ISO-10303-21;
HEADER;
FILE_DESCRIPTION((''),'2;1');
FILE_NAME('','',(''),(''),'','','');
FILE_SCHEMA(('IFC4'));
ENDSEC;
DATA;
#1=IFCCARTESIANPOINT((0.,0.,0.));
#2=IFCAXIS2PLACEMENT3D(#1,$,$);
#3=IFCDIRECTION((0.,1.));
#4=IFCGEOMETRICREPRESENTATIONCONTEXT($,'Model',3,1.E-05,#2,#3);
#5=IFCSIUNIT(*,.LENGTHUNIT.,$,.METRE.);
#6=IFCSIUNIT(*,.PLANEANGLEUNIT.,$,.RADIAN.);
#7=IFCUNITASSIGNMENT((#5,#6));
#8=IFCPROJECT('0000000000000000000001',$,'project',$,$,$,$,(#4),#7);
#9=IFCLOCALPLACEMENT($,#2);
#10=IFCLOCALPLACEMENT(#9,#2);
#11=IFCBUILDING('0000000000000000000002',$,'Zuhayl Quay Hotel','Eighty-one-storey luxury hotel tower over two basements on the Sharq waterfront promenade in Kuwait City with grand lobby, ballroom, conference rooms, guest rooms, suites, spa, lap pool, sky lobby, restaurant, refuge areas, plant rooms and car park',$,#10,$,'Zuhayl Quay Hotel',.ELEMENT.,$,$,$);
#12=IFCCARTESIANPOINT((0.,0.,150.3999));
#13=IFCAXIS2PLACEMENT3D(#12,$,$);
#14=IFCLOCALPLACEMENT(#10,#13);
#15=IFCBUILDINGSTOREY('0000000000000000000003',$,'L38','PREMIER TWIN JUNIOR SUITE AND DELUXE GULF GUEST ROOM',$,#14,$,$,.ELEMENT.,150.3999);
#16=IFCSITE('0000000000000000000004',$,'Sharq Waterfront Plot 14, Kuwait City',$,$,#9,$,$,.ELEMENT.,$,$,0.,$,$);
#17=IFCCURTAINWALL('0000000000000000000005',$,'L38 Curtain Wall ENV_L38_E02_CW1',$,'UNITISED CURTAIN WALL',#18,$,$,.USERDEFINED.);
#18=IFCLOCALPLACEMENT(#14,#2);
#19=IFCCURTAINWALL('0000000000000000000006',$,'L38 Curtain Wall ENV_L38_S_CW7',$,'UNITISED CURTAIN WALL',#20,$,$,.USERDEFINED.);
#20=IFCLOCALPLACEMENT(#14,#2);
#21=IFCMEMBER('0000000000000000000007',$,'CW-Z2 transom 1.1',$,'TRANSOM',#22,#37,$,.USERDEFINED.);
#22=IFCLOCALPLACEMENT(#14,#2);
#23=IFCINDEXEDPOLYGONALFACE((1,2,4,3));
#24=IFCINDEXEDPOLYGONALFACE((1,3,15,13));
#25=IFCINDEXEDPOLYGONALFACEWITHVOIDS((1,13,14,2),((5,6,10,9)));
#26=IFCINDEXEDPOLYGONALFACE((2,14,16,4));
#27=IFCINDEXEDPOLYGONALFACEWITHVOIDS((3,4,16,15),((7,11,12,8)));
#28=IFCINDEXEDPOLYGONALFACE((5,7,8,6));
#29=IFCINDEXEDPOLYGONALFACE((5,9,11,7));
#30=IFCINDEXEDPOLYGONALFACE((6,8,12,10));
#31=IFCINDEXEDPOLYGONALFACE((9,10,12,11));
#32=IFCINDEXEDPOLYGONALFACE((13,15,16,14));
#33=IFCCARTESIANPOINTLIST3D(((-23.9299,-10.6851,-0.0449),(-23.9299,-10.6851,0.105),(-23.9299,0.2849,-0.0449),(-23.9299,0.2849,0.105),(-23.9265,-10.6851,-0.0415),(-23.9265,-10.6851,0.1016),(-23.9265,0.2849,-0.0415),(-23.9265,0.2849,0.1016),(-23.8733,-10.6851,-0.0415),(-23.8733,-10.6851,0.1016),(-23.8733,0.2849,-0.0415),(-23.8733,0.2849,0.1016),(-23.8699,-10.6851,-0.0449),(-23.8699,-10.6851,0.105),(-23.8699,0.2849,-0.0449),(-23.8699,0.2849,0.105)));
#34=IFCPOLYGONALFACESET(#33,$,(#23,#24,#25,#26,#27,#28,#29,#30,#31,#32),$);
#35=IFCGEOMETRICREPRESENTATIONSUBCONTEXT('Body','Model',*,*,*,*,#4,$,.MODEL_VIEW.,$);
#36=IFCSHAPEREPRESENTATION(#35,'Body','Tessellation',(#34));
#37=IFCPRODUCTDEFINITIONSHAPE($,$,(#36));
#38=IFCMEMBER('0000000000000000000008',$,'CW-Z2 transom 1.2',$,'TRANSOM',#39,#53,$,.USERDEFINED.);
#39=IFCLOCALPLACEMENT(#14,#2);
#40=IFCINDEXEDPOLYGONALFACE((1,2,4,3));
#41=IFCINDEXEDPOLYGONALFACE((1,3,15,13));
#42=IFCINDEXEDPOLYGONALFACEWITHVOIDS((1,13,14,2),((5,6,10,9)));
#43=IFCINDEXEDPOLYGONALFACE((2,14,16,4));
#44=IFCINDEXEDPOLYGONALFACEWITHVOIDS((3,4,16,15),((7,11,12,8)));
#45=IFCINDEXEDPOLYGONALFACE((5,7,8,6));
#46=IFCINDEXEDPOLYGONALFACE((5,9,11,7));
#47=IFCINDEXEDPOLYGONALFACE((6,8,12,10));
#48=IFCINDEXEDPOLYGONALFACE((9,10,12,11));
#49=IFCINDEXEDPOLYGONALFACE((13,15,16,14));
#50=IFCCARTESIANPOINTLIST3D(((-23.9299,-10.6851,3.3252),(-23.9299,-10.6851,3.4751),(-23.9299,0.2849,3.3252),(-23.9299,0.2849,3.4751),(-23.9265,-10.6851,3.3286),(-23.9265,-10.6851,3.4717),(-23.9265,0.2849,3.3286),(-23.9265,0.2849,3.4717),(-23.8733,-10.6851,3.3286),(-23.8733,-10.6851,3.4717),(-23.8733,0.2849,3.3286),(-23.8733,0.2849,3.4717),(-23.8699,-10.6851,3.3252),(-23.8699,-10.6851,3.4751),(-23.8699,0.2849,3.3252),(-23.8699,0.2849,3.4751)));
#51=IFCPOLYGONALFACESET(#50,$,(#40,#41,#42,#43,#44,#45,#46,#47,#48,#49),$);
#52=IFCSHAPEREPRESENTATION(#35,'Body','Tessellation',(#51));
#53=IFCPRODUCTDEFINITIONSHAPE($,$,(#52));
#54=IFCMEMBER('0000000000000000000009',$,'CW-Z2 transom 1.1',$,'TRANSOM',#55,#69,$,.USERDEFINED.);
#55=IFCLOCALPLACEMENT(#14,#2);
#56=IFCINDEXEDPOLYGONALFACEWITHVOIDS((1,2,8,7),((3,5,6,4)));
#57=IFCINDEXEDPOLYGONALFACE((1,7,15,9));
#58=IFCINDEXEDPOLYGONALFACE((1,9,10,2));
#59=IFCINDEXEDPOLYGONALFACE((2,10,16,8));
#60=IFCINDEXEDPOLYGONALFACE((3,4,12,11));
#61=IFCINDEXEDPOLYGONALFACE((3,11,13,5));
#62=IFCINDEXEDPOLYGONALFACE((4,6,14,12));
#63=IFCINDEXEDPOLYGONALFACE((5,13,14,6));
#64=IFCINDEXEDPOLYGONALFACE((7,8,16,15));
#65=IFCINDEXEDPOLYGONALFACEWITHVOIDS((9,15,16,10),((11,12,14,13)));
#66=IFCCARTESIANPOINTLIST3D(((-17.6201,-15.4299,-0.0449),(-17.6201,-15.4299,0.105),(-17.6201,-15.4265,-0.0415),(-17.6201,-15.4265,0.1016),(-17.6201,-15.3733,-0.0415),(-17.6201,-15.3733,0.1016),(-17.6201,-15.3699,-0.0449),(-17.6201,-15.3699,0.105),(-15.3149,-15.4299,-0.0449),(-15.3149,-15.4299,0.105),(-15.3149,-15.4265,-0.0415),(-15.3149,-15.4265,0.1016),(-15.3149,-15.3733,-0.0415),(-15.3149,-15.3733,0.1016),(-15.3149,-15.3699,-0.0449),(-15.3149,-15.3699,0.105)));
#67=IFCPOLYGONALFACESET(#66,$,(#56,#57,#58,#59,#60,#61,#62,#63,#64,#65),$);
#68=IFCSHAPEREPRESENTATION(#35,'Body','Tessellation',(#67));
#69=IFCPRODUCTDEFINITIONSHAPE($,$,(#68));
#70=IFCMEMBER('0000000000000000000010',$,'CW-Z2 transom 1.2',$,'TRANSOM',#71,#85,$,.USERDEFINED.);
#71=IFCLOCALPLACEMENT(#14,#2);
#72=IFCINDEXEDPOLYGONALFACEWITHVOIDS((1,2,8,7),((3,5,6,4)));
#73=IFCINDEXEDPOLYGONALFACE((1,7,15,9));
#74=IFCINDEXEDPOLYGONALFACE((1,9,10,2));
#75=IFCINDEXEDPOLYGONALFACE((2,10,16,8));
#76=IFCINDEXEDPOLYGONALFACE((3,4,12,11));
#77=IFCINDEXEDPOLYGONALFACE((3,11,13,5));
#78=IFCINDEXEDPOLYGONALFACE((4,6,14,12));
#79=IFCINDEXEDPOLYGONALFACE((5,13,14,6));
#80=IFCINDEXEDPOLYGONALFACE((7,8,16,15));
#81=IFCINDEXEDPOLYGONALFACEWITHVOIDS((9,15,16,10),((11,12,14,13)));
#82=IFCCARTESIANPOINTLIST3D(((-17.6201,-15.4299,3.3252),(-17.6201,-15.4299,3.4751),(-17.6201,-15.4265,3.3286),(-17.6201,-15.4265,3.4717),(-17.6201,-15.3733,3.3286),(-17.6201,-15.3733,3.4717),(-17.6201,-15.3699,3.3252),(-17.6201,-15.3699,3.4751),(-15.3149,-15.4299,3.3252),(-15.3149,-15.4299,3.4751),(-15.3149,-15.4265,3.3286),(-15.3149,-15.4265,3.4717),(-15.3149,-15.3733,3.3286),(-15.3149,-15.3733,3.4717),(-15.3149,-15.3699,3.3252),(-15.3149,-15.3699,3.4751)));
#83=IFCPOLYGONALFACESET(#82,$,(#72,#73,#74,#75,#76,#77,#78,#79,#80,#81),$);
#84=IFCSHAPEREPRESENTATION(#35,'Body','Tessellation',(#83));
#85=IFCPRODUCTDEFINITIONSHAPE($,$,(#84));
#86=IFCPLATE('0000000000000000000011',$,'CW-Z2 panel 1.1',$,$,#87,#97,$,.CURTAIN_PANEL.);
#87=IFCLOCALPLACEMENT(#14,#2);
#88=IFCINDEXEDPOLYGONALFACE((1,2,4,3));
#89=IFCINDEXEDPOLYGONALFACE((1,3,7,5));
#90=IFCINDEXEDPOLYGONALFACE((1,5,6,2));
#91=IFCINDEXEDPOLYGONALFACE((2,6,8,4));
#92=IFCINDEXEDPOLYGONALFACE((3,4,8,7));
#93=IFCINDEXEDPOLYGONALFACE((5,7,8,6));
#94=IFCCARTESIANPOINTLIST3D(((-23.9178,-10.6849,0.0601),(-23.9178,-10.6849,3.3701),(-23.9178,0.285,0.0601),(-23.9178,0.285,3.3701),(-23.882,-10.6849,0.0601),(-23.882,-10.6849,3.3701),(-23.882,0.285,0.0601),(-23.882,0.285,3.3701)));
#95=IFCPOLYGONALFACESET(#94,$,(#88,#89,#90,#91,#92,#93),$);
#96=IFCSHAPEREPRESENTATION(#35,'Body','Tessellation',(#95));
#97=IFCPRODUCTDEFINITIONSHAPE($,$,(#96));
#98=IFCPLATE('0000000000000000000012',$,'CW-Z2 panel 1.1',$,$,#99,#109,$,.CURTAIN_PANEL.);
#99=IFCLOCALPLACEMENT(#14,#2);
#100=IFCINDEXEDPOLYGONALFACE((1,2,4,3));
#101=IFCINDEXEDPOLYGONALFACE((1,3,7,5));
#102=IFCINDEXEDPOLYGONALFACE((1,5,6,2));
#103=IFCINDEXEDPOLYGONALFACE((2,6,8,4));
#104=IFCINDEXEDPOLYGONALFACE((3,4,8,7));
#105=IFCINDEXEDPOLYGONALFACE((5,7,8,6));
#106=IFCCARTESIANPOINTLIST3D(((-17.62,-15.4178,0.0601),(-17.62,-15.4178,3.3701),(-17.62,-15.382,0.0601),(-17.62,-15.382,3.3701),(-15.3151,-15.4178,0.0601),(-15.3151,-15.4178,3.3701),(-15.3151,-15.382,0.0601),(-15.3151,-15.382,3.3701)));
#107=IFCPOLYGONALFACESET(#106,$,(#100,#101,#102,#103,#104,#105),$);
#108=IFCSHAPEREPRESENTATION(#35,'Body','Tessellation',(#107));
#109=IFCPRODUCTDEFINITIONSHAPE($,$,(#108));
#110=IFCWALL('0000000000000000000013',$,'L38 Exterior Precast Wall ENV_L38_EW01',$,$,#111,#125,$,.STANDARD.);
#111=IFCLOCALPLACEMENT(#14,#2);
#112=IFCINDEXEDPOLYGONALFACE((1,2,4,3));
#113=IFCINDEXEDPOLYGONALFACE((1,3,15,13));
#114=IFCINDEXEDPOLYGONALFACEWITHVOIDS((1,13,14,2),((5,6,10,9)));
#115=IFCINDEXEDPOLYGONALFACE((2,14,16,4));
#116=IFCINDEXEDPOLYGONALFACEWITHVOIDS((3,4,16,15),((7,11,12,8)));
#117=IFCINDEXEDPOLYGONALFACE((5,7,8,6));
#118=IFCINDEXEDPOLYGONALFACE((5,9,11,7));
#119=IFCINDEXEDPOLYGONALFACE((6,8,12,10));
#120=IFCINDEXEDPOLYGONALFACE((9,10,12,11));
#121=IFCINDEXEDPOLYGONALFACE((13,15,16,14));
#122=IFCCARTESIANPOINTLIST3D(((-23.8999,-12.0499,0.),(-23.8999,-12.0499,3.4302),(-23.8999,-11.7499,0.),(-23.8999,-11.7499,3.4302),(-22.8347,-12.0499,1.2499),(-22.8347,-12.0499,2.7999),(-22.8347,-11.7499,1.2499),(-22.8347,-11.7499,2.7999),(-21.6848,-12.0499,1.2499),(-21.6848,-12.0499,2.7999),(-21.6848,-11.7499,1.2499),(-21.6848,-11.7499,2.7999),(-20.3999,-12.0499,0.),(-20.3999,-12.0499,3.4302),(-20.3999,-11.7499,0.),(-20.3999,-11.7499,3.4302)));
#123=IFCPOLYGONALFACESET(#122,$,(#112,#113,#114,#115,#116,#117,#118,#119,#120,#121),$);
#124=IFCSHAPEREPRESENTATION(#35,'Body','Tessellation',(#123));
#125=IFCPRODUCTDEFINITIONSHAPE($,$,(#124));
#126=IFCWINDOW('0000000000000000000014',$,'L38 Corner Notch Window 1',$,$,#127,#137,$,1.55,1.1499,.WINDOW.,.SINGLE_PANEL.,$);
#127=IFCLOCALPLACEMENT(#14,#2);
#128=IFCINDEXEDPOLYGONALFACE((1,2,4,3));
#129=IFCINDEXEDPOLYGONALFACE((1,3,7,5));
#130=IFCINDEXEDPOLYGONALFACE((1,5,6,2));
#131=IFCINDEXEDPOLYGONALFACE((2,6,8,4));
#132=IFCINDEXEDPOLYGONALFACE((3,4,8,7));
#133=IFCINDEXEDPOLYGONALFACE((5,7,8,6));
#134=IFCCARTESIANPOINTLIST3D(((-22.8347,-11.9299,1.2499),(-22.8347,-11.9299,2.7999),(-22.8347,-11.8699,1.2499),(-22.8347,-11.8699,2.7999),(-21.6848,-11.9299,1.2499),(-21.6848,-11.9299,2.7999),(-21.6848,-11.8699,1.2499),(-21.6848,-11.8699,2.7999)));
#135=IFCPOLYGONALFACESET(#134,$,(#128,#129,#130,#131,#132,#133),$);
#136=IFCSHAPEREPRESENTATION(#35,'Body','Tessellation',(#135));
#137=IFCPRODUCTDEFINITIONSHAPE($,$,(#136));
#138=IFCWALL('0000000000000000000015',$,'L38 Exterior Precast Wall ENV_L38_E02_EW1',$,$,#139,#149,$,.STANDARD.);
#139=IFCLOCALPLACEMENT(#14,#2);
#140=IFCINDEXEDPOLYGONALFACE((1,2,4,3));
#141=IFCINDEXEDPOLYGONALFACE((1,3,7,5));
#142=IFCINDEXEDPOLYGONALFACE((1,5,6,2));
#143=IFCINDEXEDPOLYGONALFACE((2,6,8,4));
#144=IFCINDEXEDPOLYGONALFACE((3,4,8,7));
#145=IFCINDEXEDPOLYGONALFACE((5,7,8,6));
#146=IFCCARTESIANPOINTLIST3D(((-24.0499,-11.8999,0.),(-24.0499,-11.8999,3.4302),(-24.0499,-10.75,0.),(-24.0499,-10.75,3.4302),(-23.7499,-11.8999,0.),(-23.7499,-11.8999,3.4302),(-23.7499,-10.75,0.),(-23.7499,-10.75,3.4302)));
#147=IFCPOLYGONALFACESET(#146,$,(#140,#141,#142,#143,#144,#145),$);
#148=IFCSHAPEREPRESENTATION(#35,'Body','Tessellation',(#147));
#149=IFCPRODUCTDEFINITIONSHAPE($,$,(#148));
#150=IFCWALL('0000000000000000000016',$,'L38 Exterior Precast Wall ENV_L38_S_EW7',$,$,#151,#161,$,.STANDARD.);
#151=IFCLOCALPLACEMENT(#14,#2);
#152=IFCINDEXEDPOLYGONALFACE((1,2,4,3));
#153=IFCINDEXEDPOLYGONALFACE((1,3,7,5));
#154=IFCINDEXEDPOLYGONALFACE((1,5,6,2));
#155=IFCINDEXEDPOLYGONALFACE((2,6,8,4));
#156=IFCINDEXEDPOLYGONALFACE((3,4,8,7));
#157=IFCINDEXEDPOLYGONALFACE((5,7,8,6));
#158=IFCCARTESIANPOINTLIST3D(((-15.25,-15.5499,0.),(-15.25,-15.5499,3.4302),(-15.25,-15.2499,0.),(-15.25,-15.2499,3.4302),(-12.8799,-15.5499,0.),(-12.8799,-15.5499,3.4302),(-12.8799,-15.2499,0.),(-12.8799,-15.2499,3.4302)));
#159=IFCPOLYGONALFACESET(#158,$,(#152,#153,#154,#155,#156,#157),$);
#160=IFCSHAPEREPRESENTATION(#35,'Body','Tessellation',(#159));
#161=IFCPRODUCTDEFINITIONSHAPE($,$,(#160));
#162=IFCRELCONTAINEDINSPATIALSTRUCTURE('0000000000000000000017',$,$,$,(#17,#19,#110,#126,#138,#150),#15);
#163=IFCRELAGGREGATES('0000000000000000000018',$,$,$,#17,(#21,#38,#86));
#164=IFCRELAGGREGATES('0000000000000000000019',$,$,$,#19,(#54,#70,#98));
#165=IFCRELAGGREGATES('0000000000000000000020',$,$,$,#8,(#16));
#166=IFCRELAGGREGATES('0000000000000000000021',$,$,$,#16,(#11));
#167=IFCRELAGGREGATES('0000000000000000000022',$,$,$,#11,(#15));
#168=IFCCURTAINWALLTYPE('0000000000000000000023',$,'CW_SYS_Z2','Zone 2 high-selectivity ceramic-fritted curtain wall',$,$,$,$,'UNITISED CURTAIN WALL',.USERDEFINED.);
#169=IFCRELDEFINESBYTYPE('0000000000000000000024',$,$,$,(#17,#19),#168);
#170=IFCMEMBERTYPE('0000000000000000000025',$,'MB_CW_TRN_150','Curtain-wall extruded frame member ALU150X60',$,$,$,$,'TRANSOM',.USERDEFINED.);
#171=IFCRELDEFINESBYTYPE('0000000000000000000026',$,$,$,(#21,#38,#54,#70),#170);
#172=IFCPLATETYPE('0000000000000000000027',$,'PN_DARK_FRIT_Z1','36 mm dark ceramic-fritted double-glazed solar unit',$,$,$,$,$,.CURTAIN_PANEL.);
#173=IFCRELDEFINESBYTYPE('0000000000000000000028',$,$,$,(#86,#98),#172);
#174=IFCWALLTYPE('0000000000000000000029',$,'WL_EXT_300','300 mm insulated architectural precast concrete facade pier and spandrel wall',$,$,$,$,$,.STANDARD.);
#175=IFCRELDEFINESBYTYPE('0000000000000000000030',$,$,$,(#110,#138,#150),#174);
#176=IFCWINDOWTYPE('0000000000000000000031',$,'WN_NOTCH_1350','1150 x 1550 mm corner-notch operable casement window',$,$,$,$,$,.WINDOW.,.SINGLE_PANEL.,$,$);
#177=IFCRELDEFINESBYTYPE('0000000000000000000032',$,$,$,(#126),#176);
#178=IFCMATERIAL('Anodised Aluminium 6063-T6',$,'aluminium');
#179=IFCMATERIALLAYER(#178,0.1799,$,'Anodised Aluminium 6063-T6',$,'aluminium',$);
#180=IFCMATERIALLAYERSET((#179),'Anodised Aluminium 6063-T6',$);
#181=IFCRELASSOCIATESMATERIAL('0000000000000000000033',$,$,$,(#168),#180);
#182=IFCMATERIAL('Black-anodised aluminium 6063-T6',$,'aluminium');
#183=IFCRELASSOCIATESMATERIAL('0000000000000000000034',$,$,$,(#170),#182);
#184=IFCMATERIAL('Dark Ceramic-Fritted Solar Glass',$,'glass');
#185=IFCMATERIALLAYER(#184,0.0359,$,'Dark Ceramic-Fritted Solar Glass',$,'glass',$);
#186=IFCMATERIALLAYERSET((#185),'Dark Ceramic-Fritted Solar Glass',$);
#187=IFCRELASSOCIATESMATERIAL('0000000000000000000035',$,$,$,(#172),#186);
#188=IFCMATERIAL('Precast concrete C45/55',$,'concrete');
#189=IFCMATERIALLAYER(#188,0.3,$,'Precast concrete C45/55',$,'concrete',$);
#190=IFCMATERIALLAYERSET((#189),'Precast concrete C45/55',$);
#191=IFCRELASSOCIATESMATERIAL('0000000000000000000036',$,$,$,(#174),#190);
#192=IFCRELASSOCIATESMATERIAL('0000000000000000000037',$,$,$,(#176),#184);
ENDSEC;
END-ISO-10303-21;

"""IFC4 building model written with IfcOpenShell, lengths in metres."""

from ifc_helpers import new_model, si_unit, direction, frame, frame_2d, origin, origin_2d, place, context, subcontext, project, spatial, rectangle, hollow_rectangle, extrude, material, layer, layer_set, material_profile, profile_set, type_object, element, fill, aggregate, save


model = new_model("IFC4")

# Units and contexts
model_context = context("Model", 3, precision=1e-05, world=origin(), true_north=direction((0.0, 1.0)))
body_context = subcontext(model_context, "Body", "Model", "MODEL_VIEW")
ifc_project = project(units=[si_unit("LENGTHUNIT", "METRE"), si_unit("PLANEANGLEUNIT", "RADIAN")], contexts=[model_context])

# Site, building, storey
site_placement = place(None, origin())
site = spatial("IfcSite", under=ifc_project, at=site_placement, Name="Sharq Waterfront Plot 14, Kuwait City", CompositionType="ELEMENT", RefElevation=0.0)
building_placement = place(site_placement, origin())
building = spatial("IfcBuilding", under=site, at=building_placement, Name="Zuhayl Quay Hotel", Description="Eighty-one-storey luxury hotel tower over two basements on the Sharq waterfront promenade in Kuwait City with grand lobby, ballroom, conference rooms, guest rooms, suites, spa, lap pool, sky lobby, restaurant, refuge areas, plant rooms and car park", LongName="Zuhayl Quay Hotel", CompositionType="ELEMENT")
storey_placement = place(building_placement, frame((0.0, 0.0, 150.3999)))
storey = spatial("IfcBuildingStorey", under=building, at=storey_placement, Name="L38", Description="PREMIER TWIN JUNIOR SUITE AND DELUXE GULF GUEST ROOM", CompositionType="ELEMENT", Elevation=150.3999)

# Curtain wall
ifc_material_1 = material(Name="Anodised Aluminium 6063-T6", Category="aluminium")
ifc_layer_1 = layer(ifc_material_1, 0.1799, Name="Anodised Aluminium 6063-T6", Category="aluminium")
ifc_layer_set_1 = layer_set([ifc_layer_1], Name="Anodised Aluminium 6063-T6")
curtain_wall_type = type_object("IfcCurtainWallType", Name="CW_SYS_Z2", Description="Zone 2 high-selectivity ceramic-fritted curtain wall", ElementType="UNITISED CURTAIN WALL", PredefinedType="USERDEFINED", material=ifc_layer_set_1)
curtain_wall_1_placement = place(storey_placement, origin())
curtain_wall_1 = element("IfcCurtainWall", 1, at=curtain_wall_1_placement, inside=storey, type_object=curtain_wall_type, Name="L38 Curtain Wall ENV_L38_E02_CW1", ObjectType="UNITISED CURTAIN WALL", PredefinedType="USERDEFINED")
ifc_material_2 = material(Name="Black-anodised aluminium 6063-T6", Category="aluminium")

# Curtain wall
curtain_wall_2_placement = place(storey_placement, origin())
curtain_wall_2 = element("IfcCurtainWall", 2, at=curtain_wall_2_placement, inside=storey, type_object=curtain_wall_type, Name="L38 Curtain Wall ENV_L38_S_CW7", ObjectType="UNITISED CURTAIN WALL", PredefinedType="USERDEFINED")

# Members
ifc_material_profile_1 = material_profile(ifc_material_2, hollow_rectangle(XDim=0.0601, YDim=0.1499, WallThickness=0.0034, at=origin_2d()), Name="ALU150X60")
ifc_profile_set_1 = profile_set([ifc_material_profile_1], Name="Black-anodised aluminium 6063-T6")
member_type_1 = type_object("IfcMemberType", Name="MB_CW_TRN_150", Description="Curtain-wall extruded frame member ALU150X60", ElementType="TRANSOM", PredefinedType="USERDEFINED", material=ifc_profile_set_1)
member_1_placement = place(storey_placement, frame((-23.8999, -10.6851, 0.03), z_axis=(0.0, 1.0, 0.0), x_axis=(-1.0, 0.0, 0.0)))
member_1 = element("IfcMember", 3, at=member_1_placement, type_object=member_type_1, Name="CW-Z2 transom 1.1", ObjectType="TRANSOM", PredefinedType="USERDEFINED", context=body_context, shape_type="SweptSolid", body=[
    extrude(hollow_rectangle(XDim=0.0601, YDim=0.1499, WallThickness=0.0034, at=origin_2d()), origin(), (0.0, 0.0, 1.0), 10.97),
])
member_2_placement = place(storey_placement, frame((-23.8999, -10.6851, 3.4001), z_axis=(0.0, 1.0, 0.0), x_axis=(-1.0, 0.0, 0.0)))
member_2 = element("IfcMember", 4, at=member_2_placement, type_object=member_type_1, Name="CW-Z2 transom 1.2", ObjectType="TRANSOM", PredefinedType="USERDEFINED", context=body_context, shape_type="SweptSolid", body=[
    extrude(hollow_rectangle(XDim=0.0601, YDim=0.1499, WallThickness=0.0034, at=origin_2d()), origin(), (0.0, 0.0, 1.0), 10.97),
])
member_3_placement = place(storey_placement, frame((-15.3149, -15.3999, 0.03), z_axis=(-1.0, 0.0, 0.0), x_axis=(0.0, -1.0, 0.0)))
member_3 = element("IfcMember", 5, at=member_3_placement, type_object=member_type_1, Name="CW-Z2 transom 1.1", ObjectType="TRANSOM", PredefinedType="USERDEFINED", context=body_context, shape_type="SweptSolid", body=[
    extrude(hollow_rectangle(XDim=0.0601, YDim=0.1499, WallThickness=0.0034, at=origin_2d()), origin(), (0.0, 0.0, 1.0), 2.3052),
])
member_4_placement = place(storey_placement, frame((-15.3149, -15.3999, 3.4001), z_axis=(-1.0, 0.0, 0.0), x_axis=(0.0, -1.0, 0.0)))
member_4 = element("IfcMember", 6, at=member_4_placement, type_object=member_type_1, Name="CW-Z2 transom 1.2", ObjectType="TRANSOM", PredefinedType="USERDEFINED", context=body_context, shape_type="SweptSolid", body=[
    extrude(hollow_rectangle(XDim=0.0601, YDim=0.1499, WallThickness=0.0034, at=origin_2d()), origin(), (0.0, 0.0, 1.0), 2.3052),
])

# Plates
ifc_material_3 = material(Name="Dark Ceramic-Fritted Solar Glass", Category="glass")
ifc_layer_2 = layer(ifc_material_3, 0.0359, Name="Dark Ceramic-Fritted Solar Glass", Category="glass")
ifc_layer_set_2 = layer_set([ifc_layer_2], Name="Dark Ceramic-Fritted Solar Glass")
plate_type = type_object("IfcPlateType", Name="PN_DARK_FRIT_Z1", Description="36 mm dark ceramic-fritted double-glazed solar unit", PredefinedType="CURTAIN_PANEL", material=ifc_layer_set_2)
plate_1_placement = place(storey_placement, frame((-23.8999, -5.2, 0.0601), z_axis=(0.0, 0.0, 1.0), x_axis=(0.0, 1.0, 0.0)))
plate_1 = element("IfcPlate", 7, at=plate_1_placement, type_object=plate_type, Name="CW-Z2 panel 1.1", PredefinedType="CURTAIN_PANEL", context=body_context, shape_type="SweptSolid", body=[
    extrude(rectangle(XDim=10.97, YDim=0.0359, at=origin_2d()), origin(), (0.0, 0.0, 1.0), 3.3101),
])
aggregate(curtain_wall_1, [member_1, member_2, plate_1])
plate_2_placement = place(storey_placement, frame((-16.4675, -15.3999, 0.0601), z_axis=(0.0, 0.0, 1.0), x_axis=(-1.0, 0.0, 0.0)))
plate_2 = element("IfcPlate", 8, at=plate_2_placement, type_object=plate_type, Name="CW-Z2 panel 1.1", PredefinedType="CURTAIN_PANEL", context=body_context, shape_type="SweptSolid", body=[
    extrude(rectangle(XDim=2.3049, YDim=0.0359, at=origin_2d()), origin(), (0.0, 0.0, 1.0), 3.3101),
])
aggregate(curtain_wall_2, [member_3, member_4, plate_2])

# Wall, opening, window
ifc_material_4 = material(Name="Precast concrete C45/55", Category="concrete")
ifc_layer_3 = layer(ifc_material_4, 0.3, Name="Precast concrete C45/55", Category="concrete")
ifc_layer_set_3 = layer_set([ifc_layer_3], Name="Precast concrete C45/55")
wall_type_1 = type_object("IfcWallType", Name="WL_EXT_300", Description="300 mm insulated architectural precast concrete facade pier and spandrel wall", PredefinedType="STANDARD", material=ifc_layer_set_3)
wall_1_placement = place(storey_placement, frame((-20.3999, -11.8999, 0.0), z_axis=(0.0, 0.0, 1.0), x_axis=(-1.0, 0.0, 0.0)))
wall_1 = element("IfcWall", 9, at=wall_1_placement, inside=storey, type_object=wall_type_1, Name="L38 Exterior Precast Wall ENV_L38_EW01", PredefinedType="STANDARD", context=body_context, shape_type="SweptSolid", body=[
    extrude(rectangle(XDim=3.5, YDim=0.3, at=frame_2d((1.75, 0.0))), origin(), (0.0, 0.0, 1.0), 3.4302),
])
opening_1_placement = place(wall_1_placement, frame((1.2849, 0.0, 1.25)))
opening_1 = element("IfcOpeningElement", 10, at=opening_1_placement, cuts=wall_1, PredefinedType="OPENING", context=body_context, shape_type="SweptSolid", body=[
    extrude(rectangle(XDim=1.1499, YDim=1.55, at=frame_2d((0.575, 0.7749))), frame((0.0, 0.1599, 0.0), z_axis=(0.0, -1.0, 0.0), x_axis=(1.0, 0.0, 0.0)), (0.0, 0.0, 1.0), 0.3201),
])
window_type = type_object("IfcWindowType", Name="WN_NOTCH_1350", Description="1150 x 1550 mm corner-notch operable casement window", PartitioningType="SINGLE_PANEL", PredefinedType="WINDOW", material=ifc_material_3)
window_1_placement = place(opening_1_placement, origin())
window_1 = element("IfcWindow", 11, at=window_1_placement, inside=storey, type_object=window_type, Name="L38 Corner Notch Window 1", OverallHeight=1.55, OverallWidth=1.1499, PartitioningType="SINGLE_PANEL", PredefinedType="WINDOW", context=body_context, shape_type="SweptSolid", body=[
    extrude(rectangle(XDim=1.1499, YDim=1.55, at=frame_2d((0.575, 0.7749))), frame((0.0, 0.03, 0.0), z_axis=(0.0, -1.0, 0.0), x_axis=(1.0, 0.0, 0.0)), (0.0, 0.0, 1.0), 0.0601),
])
fill(opening_1, window_1)

# Walls
wall_2_placement = place(storey_placement, frame((-23.8999, -11.8999, 0.0), z_axis=(0.0, 0.0, 1.0), x_axis=(0.0, 1.0, 0.0)))
element("IfcWall", 12, at=wall_2_placement, inside=storey, type_object=wall_type_1, Name="L38 Exterior Precast Wall ENV_L38_E02_EW1", PredefinedType="STANDARD", context=body_context, shape_type="SweptSolid", body=[
    extrude(rectangle(XDim=1.1499, YDim=0.3, at=frame_2d((0.575, 0.0))), origin(), (0.0, 0.0, 1.0), 3.4302),
])
wall_3_placement = place(storey_placement, frame((-12.8799, -15.3999, 0.0), z_axis=(0.0, 0.0, 1.0), x_axis=(-1.0, 0.0, 0.0)))
element("IfcWall", 13, at=wall_3_placement, inside=storey, type_object=wall_type_1, Name="L38 Exterior Precast Wall ENV_L38_S_EW7", PredefinedType="STANDARD", context=body_context, shape_type="SweptSolid", body=[
    extrude(rectangle(XDim=2.3701, YDim=0.3, at=frame_2d((1.1851, 0.0))), origin(), (0.0, 0.0, 1.0), 3.4302),
])

save(model, "model.ifc")
